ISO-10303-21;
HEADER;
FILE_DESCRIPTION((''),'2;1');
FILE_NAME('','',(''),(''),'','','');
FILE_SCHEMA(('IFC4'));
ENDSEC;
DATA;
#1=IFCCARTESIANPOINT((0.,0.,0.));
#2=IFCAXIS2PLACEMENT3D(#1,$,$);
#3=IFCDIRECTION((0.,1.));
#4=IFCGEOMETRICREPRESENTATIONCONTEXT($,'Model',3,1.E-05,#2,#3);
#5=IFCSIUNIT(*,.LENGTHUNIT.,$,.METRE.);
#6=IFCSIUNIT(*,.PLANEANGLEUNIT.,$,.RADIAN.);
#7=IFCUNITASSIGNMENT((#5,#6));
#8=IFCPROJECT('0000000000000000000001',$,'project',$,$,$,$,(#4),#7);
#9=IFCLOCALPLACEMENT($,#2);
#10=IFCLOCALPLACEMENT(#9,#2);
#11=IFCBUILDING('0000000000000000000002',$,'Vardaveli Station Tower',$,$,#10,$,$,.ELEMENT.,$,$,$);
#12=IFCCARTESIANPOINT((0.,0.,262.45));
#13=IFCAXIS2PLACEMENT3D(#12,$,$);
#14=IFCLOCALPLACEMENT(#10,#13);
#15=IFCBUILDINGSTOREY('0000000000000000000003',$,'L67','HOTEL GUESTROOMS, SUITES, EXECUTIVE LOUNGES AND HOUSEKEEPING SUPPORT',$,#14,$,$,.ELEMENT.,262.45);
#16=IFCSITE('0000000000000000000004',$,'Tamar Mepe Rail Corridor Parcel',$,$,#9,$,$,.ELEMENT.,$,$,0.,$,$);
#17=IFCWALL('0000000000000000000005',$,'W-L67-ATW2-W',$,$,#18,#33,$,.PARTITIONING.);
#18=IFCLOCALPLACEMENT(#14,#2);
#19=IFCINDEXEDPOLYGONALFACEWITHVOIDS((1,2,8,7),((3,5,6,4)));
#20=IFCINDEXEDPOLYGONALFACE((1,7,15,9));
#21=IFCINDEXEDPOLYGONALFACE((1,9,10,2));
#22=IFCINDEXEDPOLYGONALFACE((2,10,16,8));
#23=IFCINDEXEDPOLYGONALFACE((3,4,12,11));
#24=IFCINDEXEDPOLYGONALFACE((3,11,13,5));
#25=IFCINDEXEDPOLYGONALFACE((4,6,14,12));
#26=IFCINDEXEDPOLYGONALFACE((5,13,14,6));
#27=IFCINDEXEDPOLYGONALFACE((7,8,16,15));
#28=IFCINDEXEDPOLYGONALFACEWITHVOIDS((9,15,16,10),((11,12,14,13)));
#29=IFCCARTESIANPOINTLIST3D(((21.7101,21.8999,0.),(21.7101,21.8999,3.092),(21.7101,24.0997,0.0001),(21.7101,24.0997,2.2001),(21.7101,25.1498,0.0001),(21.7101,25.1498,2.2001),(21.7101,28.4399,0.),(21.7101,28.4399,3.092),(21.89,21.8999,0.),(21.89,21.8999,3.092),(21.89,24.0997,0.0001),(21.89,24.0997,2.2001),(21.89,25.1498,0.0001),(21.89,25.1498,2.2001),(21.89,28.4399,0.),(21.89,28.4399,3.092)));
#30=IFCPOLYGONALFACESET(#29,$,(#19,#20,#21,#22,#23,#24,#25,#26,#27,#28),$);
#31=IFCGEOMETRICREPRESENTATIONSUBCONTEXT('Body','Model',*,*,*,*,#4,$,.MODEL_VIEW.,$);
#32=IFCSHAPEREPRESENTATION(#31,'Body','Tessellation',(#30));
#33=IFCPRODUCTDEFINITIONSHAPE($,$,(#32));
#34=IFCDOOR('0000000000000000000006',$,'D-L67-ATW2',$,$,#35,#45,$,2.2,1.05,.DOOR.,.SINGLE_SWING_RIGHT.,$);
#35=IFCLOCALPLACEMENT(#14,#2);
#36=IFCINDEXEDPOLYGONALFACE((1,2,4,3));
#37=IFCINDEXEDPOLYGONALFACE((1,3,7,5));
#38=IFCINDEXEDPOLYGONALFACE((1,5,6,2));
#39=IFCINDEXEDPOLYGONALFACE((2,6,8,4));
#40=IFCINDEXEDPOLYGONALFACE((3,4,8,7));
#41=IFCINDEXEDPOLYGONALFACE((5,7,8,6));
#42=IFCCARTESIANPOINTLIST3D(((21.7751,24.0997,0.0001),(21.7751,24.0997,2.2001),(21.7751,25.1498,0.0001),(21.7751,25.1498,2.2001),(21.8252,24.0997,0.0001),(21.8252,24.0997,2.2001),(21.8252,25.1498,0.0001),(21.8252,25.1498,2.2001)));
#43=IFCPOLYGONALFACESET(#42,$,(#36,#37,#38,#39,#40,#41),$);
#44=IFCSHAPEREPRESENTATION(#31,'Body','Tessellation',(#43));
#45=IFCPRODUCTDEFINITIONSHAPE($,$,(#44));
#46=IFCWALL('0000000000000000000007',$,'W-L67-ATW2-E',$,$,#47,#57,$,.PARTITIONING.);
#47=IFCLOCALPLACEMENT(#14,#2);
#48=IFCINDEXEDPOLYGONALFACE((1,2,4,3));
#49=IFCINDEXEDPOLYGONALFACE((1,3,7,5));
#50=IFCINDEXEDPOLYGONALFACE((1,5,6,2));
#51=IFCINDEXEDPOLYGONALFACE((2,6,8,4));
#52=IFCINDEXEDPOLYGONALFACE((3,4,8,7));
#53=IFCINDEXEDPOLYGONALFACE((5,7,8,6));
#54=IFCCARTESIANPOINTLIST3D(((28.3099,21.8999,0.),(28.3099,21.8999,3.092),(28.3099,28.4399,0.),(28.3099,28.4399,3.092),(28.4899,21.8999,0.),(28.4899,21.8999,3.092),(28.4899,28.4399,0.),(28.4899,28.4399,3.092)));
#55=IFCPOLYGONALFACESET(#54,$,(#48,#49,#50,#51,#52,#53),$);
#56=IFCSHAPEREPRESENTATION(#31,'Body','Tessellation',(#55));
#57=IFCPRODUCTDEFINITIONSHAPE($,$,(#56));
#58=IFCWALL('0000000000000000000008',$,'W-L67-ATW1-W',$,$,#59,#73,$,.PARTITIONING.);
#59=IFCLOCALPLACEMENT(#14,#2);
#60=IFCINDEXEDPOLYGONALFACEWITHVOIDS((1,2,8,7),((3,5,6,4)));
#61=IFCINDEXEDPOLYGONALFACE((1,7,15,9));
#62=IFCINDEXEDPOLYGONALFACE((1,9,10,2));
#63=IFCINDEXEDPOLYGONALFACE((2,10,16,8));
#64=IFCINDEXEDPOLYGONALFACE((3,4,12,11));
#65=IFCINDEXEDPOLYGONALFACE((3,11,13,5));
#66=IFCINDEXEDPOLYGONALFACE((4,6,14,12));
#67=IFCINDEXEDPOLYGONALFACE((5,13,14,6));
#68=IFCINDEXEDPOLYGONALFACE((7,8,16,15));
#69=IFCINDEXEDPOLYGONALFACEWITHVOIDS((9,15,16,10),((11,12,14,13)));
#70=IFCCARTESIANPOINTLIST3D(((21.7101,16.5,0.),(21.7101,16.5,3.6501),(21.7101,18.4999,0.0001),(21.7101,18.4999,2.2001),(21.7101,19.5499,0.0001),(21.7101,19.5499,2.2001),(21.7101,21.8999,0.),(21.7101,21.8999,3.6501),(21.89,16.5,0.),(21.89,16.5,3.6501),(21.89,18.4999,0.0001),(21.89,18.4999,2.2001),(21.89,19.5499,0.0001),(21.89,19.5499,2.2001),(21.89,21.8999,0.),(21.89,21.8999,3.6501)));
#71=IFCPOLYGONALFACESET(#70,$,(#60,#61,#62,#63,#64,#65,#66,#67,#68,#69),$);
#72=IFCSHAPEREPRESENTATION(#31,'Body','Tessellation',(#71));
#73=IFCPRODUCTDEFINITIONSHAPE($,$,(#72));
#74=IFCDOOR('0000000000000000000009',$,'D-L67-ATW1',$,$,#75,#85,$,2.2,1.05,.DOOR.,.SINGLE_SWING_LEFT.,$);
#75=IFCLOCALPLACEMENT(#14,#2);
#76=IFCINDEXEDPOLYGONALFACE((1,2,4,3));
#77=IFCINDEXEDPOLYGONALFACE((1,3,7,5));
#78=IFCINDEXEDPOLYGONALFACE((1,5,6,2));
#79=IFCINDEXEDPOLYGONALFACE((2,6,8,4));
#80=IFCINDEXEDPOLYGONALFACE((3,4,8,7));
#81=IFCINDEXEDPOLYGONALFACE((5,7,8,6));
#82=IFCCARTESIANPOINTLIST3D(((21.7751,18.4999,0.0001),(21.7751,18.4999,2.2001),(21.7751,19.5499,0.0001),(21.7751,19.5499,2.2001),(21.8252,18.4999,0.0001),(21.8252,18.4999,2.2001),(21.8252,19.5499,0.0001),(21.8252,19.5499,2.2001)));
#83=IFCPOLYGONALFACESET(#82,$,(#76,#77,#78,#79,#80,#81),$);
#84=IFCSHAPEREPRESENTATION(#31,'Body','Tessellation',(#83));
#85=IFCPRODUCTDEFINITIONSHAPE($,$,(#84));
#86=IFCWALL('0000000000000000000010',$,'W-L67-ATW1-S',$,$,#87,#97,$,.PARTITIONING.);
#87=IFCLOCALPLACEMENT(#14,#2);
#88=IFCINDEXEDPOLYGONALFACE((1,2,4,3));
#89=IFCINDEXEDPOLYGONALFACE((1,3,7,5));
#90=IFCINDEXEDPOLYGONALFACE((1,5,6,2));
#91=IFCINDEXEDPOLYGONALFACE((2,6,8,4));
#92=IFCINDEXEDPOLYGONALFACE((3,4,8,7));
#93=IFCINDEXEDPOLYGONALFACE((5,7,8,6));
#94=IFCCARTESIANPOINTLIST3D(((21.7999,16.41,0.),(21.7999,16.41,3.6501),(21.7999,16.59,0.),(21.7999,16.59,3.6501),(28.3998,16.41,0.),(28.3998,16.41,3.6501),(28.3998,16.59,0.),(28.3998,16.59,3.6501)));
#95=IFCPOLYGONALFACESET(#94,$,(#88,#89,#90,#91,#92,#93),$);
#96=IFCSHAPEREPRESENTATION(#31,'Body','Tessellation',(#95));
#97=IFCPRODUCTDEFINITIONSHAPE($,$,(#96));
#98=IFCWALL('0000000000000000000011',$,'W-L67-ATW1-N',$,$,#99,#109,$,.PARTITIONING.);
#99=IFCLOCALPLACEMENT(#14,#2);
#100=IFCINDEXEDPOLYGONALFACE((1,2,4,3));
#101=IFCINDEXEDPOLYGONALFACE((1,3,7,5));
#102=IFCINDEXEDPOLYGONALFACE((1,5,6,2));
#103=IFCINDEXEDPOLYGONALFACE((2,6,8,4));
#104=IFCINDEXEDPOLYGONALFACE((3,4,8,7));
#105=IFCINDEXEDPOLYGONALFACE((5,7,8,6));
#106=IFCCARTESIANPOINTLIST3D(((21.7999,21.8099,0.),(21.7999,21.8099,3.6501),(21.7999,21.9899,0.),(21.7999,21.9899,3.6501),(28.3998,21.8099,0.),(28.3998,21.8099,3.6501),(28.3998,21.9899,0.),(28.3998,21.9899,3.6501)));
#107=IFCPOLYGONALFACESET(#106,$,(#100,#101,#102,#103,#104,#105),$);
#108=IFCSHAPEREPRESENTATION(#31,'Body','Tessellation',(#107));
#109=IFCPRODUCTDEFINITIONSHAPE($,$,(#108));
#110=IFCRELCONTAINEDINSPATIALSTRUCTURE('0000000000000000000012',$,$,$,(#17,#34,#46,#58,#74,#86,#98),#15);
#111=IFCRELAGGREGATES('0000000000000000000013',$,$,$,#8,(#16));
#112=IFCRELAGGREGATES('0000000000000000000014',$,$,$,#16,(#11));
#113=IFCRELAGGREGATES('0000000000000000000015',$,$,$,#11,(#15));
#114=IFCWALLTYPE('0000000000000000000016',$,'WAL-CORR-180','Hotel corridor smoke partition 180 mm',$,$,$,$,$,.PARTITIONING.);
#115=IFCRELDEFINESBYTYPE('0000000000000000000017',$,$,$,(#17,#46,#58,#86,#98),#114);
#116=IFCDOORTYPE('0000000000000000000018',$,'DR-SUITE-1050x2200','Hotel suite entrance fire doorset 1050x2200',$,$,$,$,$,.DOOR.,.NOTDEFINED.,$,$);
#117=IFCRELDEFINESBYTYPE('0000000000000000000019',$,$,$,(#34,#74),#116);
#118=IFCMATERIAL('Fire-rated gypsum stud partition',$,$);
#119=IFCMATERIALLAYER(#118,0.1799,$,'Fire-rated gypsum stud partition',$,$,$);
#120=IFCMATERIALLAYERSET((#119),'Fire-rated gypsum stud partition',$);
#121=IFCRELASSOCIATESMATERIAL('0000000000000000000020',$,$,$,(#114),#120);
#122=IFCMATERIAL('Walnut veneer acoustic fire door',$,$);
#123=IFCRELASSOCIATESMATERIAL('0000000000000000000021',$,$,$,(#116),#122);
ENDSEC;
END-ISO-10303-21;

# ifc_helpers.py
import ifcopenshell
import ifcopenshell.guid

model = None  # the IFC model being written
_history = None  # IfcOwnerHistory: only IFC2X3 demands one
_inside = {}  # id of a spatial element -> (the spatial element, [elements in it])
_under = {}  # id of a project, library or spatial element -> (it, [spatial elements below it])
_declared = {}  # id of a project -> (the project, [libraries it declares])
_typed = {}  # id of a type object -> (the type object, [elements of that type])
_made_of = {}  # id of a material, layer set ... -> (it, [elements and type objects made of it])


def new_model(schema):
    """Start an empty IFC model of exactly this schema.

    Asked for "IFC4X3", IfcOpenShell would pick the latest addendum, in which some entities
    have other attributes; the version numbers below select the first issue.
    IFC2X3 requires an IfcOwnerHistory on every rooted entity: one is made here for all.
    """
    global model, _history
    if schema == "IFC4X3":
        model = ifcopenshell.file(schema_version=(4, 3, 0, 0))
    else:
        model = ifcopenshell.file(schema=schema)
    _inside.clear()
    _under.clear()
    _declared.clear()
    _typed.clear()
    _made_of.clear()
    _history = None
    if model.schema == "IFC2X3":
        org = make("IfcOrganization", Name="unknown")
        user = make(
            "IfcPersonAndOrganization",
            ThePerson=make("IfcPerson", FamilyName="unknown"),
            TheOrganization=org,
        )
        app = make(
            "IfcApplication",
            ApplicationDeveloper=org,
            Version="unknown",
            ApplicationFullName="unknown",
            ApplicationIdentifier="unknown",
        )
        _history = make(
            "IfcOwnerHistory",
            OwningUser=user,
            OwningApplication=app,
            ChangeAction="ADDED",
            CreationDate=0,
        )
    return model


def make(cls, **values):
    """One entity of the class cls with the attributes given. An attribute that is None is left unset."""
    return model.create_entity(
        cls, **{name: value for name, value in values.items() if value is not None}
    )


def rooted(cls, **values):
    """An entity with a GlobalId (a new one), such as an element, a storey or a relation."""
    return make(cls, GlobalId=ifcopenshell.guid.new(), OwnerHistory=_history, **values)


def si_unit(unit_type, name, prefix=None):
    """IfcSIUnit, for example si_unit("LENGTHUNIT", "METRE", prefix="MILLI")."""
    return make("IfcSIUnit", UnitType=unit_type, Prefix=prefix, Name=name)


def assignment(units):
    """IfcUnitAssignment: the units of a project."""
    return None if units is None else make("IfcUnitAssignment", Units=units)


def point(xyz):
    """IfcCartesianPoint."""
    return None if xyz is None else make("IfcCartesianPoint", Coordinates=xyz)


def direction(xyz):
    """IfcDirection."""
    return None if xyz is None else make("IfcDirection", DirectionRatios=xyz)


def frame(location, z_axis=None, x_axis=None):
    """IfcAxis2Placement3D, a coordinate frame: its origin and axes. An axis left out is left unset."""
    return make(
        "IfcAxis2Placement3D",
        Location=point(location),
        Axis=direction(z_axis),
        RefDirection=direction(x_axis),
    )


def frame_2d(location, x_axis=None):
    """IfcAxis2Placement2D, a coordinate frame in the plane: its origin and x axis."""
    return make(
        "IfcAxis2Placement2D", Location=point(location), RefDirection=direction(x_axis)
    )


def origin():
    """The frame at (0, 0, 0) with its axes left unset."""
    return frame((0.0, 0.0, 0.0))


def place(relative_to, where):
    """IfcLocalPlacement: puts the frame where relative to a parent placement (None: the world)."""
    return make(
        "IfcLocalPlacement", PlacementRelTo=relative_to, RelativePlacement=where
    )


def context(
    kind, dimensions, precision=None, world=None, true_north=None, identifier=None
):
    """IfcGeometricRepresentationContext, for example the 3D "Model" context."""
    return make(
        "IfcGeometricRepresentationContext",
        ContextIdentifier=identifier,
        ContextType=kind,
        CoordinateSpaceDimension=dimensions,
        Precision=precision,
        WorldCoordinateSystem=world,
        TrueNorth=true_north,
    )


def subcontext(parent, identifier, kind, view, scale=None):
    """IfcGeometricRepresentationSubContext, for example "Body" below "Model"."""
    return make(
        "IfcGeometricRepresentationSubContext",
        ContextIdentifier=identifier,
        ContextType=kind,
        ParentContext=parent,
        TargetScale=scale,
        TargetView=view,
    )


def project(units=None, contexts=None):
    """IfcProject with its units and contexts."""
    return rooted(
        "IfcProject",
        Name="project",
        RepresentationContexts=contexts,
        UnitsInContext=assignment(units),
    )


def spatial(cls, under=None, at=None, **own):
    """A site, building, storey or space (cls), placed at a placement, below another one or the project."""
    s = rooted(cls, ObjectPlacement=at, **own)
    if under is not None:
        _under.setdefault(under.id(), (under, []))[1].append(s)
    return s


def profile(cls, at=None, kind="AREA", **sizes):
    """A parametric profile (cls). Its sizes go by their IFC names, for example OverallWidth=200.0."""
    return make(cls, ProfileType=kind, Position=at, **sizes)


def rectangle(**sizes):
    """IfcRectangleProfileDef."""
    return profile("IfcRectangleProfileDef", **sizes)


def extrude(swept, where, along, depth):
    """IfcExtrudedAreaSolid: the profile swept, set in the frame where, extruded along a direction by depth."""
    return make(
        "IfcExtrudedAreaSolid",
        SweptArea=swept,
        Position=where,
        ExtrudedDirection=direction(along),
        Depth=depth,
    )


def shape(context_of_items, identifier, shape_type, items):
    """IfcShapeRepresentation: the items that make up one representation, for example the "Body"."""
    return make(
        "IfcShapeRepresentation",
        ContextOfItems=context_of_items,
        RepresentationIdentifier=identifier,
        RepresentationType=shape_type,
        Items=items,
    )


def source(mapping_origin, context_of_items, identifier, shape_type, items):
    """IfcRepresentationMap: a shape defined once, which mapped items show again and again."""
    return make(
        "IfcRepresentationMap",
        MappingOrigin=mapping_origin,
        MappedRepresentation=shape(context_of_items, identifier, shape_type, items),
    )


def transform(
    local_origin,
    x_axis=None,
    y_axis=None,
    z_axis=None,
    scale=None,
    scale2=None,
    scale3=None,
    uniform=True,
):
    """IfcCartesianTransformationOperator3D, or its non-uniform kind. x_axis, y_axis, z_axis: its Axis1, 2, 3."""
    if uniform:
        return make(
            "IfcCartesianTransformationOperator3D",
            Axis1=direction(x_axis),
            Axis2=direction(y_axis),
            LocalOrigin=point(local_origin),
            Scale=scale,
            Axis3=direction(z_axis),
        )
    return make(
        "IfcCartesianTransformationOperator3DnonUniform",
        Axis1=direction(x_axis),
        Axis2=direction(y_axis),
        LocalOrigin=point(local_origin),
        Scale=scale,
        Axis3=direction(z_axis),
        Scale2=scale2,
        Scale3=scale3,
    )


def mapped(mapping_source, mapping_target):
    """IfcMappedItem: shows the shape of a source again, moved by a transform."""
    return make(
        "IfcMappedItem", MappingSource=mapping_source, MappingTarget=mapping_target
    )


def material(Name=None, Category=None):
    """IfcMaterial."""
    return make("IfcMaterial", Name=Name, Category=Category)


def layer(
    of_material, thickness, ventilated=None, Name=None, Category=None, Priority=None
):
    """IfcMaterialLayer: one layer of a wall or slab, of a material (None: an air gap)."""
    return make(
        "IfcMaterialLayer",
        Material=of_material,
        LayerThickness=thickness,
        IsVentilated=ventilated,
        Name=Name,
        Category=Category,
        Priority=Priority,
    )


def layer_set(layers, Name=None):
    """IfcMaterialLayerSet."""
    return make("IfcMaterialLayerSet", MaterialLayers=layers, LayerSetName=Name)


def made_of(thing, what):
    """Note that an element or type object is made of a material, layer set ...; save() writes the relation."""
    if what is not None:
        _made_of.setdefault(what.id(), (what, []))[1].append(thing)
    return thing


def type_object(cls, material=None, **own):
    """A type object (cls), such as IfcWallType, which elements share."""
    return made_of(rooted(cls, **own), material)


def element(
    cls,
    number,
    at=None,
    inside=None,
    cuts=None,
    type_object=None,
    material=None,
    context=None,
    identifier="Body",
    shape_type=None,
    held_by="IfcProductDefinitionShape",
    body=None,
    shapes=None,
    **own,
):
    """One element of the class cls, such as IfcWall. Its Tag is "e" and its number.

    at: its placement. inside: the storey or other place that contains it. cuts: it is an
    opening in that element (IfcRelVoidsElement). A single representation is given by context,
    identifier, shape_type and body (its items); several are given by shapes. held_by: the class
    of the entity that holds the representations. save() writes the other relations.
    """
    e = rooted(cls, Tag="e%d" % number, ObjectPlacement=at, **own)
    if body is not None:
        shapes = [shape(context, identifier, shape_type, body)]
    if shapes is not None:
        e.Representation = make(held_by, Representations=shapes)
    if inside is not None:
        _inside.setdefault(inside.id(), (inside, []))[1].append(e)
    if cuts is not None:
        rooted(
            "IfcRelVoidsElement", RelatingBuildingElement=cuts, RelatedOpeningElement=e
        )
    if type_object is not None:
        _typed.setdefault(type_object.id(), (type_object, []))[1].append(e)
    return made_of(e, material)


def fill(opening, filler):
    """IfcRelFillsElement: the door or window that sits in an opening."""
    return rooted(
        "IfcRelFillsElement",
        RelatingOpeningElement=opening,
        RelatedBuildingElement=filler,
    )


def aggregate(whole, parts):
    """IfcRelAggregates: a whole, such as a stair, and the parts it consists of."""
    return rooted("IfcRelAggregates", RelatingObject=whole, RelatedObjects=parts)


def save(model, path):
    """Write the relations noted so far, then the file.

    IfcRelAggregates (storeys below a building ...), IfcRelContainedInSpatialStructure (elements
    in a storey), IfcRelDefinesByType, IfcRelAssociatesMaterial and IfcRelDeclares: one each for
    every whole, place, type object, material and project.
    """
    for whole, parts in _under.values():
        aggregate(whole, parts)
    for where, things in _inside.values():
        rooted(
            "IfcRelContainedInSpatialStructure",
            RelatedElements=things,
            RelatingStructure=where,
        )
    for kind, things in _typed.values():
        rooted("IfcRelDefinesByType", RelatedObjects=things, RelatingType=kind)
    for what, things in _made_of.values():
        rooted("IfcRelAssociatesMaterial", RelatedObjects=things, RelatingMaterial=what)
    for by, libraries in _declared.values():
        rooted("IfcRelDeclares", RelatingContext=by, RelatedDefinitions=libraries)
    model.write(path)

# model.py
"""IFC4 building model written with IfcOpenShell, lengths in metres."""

from ifc_helpers import new_model, si_unit, direction, frame, frame_2d, origin, place, context, subcontext, project, spatial, rectangle, extrude, source, transform, mapped, material, layer, layer_set, type_object, element, fill, save


model = new_model("IFC4")

# Units and contexts
model_context = context("Model", 3, precision=1e-05, world=origin(), true_north=direction((0.0, 1.0)))
body_context = subcontext(model_context, "Body", "Model", "MODEL_VIEW")
ifc_project = project(units=[si_unit("LENGTHUNIT", "METRE"), si_unit("PLANEANGLEUNIT", "RADIAN")], contexts=[model_context])

# Site, building, storey
site_placement = place(None, origin())
site = spatial("IfcSite", under=ifc_project, at=site_placement, Name="Tamar Mepe Rail Corridor Parcel", CompositionType="ELEMENT", RefElevation=0.0)
building_placement = place(site_placement, origin())
building = spatial("IfcBuilding", under=site, at=building_placement, Name="Vardaveli Station Tower", CompositionType="ELEMENT")
storey_placement = place(building_placement, frame((0.0, 0.0, 262.45)))
storey = spatial("IfcBuildingStorey", under=building, at=storey_placement, Name="L67", Description="HOTEL GUESTROOMS, SUITES, EXECUTIVE LOUNGES AND HOUSEKEEPING SUPPORT", CompositionType="ELEMENT", Elevation=262.45)

# Wall, opening, door
ifc_material_1 = material(Name="Fire-rated gypsum stud partition")
ifc_layer_1 = layer(ifc_material_1, 0.1799, Name="Fire-rated gypsum stud partition")
ifc_layer_set_1 = layer_set([ifc_layer_1], Name="Fire-rated gypsum stud partition")
wall_type_1 = type_object("IfcWallType", Name="WAL-CORR-180", Description="Hotel corridor smoke partition 180 mm", PredefinedType="PARTITIONING", material=ifc_layer_set_1)
shared_shape_1 = source(origin(), body_context, "Body", "SweptSolid", [
    extrude(rectangle(XDim=6.54, YDim=0.1799, at=frame_2d((3.27, 0.0))), origin(), (0.0, 0.0, 1.0), 3.092),
])
wall_1_placement = place(storey_placement, frame((21.8, 21.8999, 0.0), z_axis=(0.0, 0.0, 1.0), x_axis=(0.0, 1.0, 0.0)))
wall_1 = element("IfcWall", 1, at=wall_1_placement, inside=storey, type_object=wall_type_1, Name="W-L67-ATW2-W", PredefinedType="PARTITIONING", context=body_context, shape_type="MappedRepresentation", body=[
    mapped(shared_shape_1, transform((0.0, 0.0, 0.0), scale=1.0)),
])
shared_shape_2 = source(origin(), body_context, "Body", "SweptSolid", [
    extrude(rectangle(XDim=1.05, YDim=2.2, at=frame_2d((0.5249, 1.1001))), frame((0.0, 0.1001, 0.0), z_axis=(0.0, -1.0, 0.0), x_axis=(1.0, 0.0, 0.0)), (0.0, 0.0, 1.0), 0.2),
])
opening_1_placement = place(wall_1_placement, frame((2.2, 0.0, 0.0)))
opening_1 = element("IfcOpeningElement", 2, at=opening_1_placement, cuts=wall_1, PredefinedType="OPENING", context=body_context, shape_type="MappedRepresentation", body=[
    mapped(shared_shape_2, transform((0.0, 0.0, 0.0), scale=1.0)),
])
ifc_material_2 = material(Name="Walnut veneer acoustic fire door")
door_type = type_object("IfcDoorType", Name="DR-SUITE-1050x2200", Description="Hotel suite entrance fire doorset 1050x2200", OperationType="NOTDEFINED", PredefinedType="DOOR", material=ifc_material_2)
shared_shape_3 = source(origin(), body_context, "Body", "SweptSolid", [
    extrude(rectangle(XDim=1.05, YDim=2.2, at=frame_2d((0.5249, 1.1001))), frame((0.0, 0.0249, 0.0), z_axis=(0.0, -1.0, 0.0), x_axis=(1.0, 0.0, 0.0)), (0.0, 0.0, 1.0), 0.05),
])
door_1_placement = place(opening_1_placement, origin())
door_1 = element("IfcDoor", 3, at=door_1_placement, inside=storey, type_object=door_type, Name="D-L67-ATW2", OperationType="SINGLE_SWING_RIGHT", OverallHeight=2.2, OverallWidth=1.05, PredefinedType="DOOR", context=body_context, shape_type="MappedRepresentation", body=[
    mapped(shared_shape_3, transform((0.0, 0.0, 0.0), scale=1.0)),
])
fill(opening_1, door_1)

# Wall
wall_2_placement = place(storey_placement, frame((28.3999, 21.8999, 0.0), z_axis=(0.0, 0.0, 1.0), x_axis=(0.0, 1.0, 0.0)))
element("IfcWall", 4, at=wall_2_placement, inside=storey, type_object=wall_type_1, Name="W-L67-ATW2-E", PredefinedType="PARTITIONING", context=body_context, shape_type="MappedRepresentation", body=[
    mapped(shared_shape_1, transform((0.0, 0.0, 0.0), scale=1.0)),
])

# Wall, opening, door
shared_shape_4 = source(origin(), body_context, "Body", "SweptSolid", [
    extrude(rectangle(XDim=5.3999, YDim=0.1799, at=frame_2d((2.7, 0.0))), origin(), (0.0, 0.0, 1.0), 3.6501),
])
wall_3_placement = place(storey_placement, frame((21.8, 16.5, 0.0), z_axis=(0.0, 0.0, 1.0), x_axis=(0.0, 1.0, 0.0)))
wall_3 = element("IfcWall", 5, at=wall_3_placement, inside=storey, type_object=wall_type_1, Name="W-L67-ATW1-W", PredefinedType="PARTITIONING", context=body_context, shape_type="MappedRepresentation", body=[
    mapped(shared_shape_4, transform((0.0, 0.0, 0.0), scale=1.0)),
])
opening_2_placement = place(wall_3_placement, frame((2.0, 0.0, 0.0)))
opening_2 = element("IfcOpeningElement", 6, at=opening_2_placement, cuts=wall_3, PredefinedType="OPENING", context=body_context, shape_type="MappedRepresentation", body=[
    mapped(shared_shape_2, transform((0.0, 0.0, 0.0), scale=1.0)),
])
door_2_placement = place(opening_2_placement, origin())
door_2 = element("IfcDoor", 7, at=door_2_placement, inside=storey, type_object=door_type, Name="D-L67-ATW1", OperationType="SINGLE_SWING_LEFT", OverallHeight=2.2, OverallWidth=1.05, PredefinedType="DOOR", context=body_context, shape_type="MappedRepresentation", body=[
    mapped(shared_shape_3, transform((0.0, 0.0, 0.0), scale=1.0)),
])
fill(opening_2, door_2)

# Walls
shared_shape_5 = source(origin(), body_context, "Body", "SweptSolid", [
    extrude(rectangle(XDim=6.5999, YDim=0.1799, at=frame_2d((3.2998, 0.0))), origin(), (0.0, 0.0, 1.0), 3.6501),
])
for number, where, z_axis, x_axis, name in (
    (8, (21.8, 16.5, 0.0), (0.0, 0.0, 1.0), (1.0, 0.0, 0.0), "W-L67-ATW1-S"),
    (9, (21.8, 21.8999, 0.0), (0.0, 0.0, 1.0), (1.0, 0.0, 0.0), "W-L67-ATW1-N"),
):
    element("IfcWall", number, at=place(storey_placement, frame(where, z_axis=z_axis, x_axis=x_axis)), inside=storey, type_object=wall_type_1, Name=name, PredefinedType="PARTITIONING", context=body_context, shape_type="MappedRepresentation", body=[
        mapped(shared_shape_5, transform((0.0, 0.0, 0.0), scale=1.0)),
    ])

save(model, "model.ifc")
